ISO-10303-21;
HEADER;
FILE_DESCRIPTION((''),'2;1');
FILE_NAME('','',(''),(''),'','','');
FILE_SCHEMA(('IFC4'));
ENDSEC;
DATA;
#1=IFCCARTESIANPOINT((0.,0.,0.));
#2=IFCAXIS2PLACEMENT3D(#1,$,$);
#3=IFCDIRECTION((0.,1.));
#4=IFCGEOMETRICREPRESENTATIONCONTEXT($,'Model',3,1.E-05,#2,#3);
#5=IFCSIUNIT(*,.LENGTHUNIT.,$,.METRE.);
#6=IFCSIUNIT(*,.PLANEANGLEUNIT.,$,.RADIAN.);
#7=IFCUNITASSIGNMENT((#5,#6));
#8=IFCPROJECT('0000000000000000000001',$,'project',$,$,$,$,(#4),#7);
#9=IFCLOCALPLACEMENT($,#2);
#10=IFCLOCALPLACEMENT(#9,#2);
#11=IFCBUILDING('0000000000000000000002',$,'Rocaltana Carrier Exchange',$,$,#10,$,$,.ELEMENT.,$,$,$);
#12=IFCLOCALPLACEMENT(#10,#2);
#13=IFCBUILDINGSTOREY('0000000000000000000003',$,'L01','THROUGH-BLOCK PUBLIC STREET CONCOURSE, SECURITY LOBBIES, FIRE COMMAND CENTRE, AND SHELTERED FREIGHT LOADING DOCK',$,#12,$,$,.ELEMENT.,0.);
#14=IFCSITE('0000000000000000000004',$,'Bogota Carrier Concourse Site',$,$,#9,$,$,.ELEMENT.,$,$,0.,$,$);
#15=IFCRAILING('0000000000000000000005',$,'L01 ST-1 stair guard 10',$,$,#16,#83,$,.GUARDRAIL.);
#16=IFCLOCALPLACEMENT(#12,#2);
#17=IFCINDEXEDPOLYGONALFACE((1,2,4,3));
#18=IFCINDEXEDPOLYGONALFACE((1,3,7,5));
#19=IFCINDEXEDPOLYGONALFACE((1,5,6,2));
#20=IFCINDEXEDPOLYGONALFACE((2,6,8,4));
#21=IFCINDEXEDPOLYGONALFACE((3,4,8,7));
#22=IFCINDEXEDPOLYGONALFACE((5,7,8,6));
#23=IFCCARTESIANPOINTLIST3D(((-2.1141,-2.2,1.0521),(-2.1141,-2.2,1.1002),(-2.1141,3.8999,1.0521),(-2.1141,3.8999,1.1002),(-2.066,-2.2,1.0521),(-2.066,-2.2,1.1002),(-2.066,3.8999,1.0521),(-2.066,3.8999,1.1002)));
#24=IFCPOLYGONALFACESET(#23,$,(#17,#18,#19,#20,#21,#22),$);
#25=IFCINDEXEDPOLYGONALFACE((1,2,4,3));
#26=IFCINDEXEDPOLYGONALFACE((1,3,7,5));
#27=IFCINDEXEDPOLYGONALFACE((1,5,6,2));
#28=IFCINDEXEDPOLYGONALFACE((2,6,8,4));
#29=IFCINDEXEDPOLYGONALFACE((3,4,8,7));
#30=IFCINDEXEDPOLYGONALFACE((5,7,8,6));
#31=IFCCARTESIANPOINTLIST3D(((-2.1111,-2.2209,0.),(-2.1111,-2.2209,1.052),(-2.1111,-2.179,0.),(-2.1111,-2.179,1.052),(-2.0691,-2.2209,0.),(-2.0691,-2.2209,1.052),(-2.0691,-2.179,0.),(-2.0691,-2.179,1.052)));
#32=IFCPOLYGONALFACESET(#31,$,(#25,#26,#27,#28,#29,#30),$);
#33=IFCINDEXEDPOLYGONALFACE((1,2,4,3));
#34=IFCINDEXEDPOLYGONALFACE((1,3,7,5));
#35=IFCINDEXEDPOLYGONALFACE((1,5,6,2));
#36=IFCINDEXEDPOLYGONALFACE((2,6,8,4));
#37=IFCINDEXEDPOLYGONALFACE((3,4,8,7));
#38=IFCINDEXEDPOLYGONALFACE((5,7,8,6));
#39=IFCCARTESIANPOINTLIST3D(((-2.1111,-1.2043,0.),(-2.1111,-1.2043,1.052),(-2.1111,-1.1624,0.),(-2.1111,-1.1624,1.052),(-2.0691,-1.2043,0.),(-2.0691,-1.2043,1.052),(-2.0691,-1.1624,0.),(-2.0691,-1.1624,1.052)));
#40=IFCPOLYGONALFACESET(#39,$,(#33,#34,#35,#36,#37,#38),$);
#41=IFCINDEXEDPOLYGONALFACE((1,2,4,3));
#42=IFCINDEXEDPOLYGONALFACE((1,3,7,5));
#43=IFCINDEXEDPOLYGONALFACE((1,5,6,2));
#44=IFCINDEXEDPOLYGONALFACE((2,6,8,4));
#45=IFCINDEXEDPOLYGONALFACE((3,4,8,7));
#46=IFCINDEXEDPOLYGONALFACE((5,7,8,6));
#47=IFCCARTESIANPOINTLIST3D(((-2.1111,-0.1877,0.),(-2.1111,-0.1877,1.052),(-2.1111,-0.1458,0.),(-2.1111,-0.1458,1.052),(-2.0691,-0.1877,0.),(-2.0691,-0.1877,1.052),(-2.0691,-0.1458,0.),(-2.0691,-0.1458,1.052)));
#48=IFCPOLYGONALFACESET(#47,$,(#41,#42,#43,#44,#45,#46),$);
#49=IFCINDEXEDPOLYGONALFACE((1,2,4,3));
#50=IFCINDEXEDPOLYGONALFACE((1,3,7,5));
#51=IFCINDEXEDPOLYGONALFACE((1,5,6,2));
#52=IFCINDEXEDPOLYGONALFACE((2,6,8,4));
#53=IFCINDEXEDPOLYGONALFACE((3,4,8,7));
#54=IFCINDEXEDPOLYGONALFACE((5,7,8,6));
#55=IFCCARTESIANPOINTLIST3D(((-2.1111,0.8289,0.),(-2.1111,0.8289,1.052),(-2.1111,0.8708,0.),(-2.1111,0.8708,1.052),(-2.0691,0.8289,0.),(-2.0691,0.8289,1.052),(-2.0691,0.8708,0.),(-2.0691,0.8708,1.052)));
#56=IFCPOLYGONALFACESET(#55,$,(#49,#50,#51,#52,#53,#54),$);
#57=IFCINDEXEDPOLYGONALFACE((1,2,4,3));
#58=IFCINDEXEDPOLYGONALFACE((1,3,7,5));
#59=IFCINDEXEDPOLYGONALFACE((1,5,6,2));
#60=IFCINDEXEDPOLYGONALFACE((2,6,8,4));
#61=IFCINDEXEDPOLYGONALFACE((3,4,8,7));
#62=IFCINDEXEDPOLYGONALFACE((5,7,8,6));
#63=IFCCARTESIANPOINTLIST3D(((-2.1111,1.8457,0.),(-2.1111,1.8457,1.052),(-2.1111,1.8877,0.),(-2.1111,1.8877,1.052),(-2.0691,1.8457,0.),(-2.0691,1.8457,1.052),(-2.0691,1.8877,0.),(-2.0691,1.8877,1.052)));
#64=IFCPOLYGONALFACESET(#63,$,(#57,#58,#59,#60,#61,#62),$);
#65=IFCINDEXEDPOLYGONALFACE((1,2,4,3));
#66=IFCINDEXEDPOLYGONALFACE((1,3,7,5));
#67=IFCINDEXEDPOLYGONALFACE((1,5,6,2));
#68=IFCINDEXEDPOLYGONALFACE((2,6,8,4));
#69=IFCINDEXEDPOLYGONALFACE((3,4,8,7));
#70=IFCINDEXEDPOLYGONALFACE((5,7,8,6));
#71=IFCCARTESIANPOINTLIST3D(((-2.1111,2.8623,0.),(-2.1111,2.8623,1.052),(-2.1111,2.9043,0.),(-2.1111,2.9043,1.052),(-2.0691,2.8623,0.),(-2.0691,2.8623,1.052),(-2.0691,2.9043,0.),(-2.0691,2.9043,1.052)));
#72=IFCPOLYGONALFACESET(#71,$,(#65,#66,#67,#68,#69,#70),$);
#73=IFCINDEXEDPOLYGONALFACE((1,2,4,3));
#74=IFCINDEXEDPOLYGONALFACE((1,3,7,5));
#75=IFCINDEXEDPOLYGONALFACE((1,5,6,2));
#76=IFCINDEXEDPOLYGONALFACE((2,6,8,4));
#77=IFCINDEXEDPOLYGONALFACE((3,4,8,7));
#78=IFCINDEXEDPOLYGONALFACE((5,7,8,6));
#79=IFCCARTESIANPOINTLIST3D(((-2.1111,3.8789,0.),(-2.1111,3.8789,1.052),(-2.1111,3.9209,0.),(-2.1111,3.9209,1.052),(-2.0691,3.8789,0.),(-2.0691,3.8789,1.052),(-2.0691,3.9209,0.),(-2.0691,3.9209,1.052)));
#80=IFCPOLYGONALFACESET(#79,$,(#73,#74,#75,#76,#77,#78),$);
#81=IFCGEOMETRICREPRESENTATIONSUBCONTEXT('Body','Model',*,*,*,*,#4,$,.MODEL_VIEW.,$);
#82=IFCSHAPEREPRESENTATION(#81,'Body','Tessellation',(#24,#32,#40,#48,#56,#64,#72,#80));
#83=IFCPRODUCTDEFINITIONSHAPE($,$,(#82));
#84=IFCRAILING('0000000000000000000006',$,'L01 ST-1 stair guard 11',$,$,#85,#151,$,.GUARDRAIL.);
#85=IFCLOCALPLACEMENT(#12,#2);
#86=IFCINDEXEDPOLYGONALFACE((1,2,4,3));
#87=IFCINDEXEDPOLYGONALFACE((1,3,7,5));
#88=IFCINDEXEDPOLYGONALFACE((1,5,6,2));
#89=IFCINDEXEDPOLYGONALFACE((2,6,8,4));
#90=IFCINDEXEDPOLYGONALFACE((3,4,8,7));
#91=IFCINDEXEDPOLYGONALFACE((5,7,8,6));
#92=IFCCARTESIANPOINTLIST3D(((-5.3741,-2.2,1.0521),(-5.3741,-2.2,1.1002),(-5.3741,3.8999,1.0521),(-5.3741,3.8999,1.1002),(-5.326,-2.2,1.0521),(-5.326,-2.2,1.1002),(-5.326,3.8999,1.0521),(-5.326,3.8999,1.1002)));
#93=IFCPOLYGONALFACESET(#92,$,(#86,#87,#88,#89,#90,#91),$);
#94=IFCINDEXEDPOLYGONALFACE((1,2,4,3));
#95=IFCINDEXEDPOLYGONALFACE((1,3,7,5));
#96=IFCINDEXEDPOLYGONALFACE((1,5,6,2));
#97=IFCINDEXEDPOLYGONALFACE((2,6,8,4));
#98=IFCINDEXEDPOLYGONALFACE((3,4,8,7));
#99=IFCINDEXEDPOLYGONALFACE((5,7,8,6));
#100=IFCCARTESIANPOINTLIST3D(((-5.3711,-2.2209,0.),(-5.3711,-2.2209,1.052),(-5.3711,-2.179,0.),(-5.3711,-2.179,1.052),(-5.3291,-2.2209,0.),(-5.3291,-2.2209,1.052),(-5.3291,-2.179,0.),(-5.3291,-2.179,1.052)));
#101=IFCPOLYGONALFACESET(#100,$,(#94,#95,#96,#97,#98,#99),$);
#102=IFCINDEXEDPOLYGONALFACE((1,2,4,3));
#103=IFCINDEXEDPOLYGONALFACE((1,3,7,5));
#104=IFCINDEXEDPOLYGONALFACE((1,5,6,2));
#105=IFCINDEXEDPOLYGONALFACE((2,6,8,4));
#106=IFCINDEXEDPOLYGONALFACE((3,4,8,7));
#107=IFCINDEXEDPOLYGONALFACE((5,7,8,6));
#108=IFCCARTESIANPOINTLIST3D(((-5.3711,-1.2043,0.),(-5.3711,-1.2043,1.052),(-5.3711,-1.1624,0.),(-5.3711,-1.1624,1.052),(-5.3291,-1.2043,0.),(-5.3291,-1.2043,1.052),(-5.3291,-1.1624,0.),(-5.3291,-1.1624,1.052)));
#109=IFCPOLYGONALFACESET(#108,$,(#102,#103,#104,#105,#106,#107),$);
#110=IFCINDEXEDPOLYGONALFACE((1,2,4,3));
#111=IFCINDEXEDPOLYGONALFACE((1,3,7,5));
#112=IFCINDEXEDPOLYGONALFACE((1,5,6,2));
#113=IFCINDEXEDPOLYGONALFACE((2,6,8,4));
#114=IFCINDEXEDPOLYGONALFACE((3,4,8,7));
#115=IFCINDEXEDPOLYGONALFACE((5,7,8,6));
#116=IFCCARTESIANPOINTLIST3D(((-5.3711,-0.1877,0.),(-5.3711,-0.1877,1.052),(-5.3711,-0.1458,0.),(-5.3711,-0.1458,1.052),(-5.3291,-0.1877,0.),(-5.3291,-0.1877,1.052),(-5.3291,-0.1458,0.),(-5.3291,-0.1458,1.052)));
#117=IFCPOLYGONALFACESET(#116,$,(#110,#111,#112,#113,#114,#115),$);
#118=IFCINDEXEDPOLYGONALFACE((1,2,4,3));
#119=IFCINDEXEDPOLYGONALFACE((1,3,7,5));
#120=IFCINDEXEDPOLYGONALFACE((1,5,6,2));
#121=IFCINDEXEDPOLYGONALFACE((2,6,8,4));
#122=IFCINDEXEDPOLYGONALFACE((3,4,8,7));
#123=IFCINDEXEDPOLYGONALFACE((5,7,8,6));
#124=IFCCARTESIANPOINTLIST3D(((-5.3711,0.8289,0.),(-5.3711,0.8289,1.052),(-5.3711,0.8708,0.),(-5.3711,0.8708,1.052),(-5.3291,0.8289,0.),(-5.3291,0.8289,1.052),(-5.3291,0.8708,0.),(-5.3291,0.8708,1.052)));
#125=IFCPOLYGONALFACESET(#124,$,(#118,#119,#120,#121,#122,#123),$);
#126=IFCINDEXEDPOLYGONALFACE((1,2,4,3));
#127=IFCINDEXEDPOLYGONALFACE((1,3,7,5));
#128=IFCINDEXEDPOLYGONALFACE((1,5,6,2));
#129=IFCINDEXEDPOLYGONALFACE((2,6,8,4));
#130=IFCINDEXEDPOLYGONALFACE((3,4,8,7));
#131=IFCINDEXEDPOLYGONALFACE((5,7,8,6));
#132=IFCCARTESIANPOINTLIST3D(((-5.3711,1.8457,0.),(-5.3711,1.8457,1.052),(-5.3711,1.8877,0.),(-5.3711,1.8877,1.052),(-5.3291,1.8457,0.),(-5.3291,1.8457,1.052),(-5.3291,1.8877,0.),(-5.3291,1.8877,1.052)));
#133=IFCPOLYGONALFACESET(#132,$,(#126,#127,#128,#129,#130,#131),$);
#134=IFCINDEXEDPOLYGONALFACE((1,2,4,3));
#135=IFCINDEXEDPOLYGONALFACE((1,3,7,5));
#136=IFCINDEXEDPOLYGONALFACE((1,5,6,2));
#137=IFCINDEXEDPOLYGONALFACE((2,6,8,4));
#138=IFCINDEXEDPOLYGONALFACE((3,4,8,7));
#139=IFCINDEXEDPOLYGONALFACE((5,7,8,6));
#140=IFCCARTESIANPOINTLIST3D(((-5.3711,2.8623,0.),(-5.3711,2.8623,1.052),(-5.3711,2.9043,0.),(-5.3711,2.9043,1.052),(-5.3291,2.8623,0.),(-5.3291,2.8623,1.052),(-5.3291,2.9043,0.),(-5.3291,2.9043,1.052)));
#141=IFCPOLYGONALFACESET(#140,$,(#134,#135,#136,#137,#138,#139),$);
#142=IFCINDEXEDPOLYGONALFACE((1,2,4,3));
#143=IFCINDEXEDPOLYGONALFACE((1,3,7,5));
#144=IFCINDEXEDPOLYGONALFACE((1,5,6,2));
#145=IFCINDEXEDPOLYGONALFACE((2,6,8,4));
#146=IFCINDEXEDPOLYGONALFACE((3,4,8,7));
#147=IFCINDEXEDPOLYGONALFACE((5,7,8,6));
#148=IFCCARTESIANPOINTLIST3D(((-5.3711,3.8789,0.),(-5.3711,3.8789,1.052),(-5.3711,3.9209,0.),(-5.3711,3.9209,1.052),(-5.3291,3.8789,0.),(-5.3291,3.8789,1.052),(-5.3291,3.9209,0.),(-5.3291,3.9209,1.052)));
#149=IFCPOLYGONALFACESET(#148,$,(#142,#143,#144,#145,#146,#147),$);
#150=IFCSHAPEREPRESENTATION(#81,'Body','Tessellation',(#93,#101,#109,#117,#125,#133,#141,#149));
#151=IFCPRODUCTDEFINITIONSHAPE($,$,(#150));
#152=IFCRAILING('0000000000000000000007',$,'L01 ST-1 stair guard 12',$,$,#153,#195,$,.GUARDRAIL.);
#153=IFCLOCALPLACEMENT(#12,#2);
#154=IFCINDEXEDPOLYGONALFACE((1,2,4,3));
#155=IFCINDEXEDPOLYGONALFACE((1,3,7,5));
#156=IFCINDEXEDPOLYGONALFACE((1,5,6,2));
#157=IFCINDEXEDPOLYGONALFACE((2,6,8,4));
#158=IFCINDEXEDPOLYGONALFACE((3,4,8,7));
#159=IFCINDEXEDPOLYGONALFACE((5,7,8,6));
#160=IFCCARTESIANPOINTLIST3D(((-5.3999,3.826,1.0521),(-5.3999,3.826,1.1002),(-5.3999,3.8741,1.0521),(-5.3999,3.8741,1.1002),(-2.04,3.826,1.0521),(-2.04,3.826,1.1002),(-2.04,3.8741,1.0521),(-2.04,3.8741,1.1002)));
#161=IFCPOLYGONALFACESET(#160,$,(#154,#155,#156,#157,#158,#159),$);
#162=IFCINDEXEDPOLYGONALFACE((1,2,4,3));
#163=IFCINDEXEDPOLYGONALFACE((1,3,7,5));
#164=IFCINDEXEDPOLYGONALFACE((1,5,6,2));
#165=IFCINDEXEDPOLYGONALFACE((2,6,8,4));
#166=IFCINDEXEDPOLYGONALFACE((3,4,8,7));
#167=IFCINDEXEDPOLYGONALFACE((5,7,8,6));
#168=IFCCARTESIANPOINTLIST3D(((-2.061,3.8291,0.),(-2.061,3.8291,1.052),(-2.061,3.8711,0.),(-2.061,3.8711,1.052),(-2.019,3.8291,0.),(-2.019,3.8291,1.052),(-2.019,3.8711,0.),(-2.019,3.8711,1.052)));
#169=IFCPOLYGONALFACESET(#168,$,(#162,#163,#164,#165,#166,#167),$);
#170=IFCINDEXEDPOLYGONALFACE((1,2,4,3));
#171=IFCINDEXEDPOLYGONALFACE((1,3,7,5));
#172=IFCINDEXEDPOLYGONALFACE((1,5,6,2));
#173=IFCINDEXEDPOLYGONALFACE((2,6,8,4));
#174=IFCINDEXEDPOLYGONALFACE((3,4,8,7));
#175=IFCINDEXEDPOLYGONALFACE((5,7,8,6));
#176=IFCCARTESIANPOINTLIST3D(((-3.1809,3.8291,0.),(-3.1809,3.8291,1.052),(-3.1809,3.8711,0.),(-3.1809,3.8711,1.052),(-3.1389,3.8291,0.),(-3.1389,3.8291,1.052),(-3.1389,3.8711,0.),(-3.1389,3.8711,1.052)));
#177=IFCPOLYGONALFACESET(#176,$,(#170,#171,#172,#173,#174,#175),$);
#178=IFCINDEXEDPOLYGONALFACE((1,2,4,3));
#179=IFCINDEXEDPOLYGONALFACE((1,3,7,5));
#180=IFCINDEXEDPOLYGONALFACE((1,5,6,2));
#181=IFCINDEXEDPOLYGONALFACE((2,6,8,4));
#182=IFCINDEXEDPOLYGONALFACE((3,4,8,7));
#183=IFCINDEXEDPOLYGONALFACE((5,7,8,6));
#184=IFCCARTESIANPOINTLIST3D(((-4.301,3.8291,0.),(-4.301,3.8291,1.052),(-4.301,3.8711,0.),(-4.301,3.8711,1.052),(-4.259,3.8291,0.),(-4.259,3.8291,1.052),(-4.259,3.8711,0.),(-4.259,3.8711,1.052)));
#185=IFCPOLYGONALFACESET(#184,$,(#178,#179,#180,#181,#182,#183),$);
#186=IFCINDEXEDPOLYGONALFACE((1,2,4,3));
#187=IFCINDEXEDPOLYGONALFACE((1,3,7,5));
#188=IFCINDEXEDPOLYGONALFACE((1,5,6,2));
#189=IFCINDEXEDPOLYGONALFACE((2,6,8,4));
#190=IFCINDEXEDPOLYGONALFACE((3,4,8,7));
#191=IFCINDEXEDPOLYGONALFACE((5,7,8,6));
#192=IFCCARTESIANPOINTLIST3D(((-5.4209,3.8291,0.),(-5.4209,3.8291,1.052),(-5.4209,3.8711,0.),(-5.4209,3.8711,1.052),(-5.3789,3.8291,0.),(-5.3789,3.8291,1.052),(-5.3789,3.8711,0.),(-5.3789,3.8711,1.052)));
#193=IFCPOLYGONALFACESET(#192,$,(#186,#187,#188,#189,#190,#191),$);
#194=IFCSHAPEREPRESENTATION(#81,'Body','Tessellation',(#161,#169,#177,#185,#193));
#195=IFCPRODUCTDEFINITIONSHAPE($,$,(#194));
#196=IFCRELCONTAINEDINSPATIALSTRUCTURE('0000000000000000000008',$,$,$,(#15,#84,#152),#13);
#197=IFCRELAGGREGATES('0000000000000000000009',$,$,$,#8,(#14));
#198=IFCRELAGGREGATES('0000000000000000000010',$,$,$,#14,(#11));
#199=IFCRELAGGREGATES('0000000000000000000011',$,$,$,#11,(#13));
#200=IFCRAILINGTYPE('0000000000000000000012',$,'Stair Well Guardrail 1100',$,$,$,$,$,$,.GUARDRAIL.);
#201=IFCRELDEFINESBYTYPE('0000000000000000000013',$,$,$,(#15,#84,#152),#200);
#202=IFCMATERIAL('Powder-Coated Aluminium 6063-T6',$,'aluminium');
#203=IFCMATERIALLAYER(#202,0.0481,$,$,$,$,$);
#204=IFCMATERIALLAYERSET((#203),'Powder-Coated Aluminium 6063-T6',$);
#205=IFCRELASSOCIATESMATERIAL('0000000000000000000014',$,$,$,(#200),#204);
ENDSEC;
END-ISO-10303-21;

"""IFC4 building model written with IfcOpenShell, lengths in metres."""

from ifc_helpers import new_model, si_unit, direction, frame, origin, origin_2d, place, context, subcontext, project, spatial, rectangle, extrude, material, layer, layer_set, type_object, element, save


model = new_model("IFC4")

# Units and contexts
model_context = context("Model", 3, precision=1e-05, world=origin(), true_north=direction((0.0, 1.0)))
body_context = subcontext(model_context, "Body", "Model", "MODEL_VIEW")
ifc_project = project(units=[si_unit("LENGTHUNIT", "METRE"), si_unit("PLANEANGLEUNIT", "RADIAN")], contexts=[model_context])

# Site, building, storey
site_placement = place(None, origin())
site = spatial("IfcSite", under=ifc_project, at=site_placement, Name="Bogota Carrier Concourse Site", CompositionType="ELEMENT", RefElevation=0.0)
building_placement = place(site_placement, origin())
building = spatial("IfcBuilding", under=site, at=building_placement, Name="Rocaltana Carrier Exchange", CompositionType="ELEMENT")
storey_placement = place(building_placement, origin())
storey = spatial("IfcBuildingStorey", under=building, at=storey_placement, Name="L01", Description="THROUGH-BLOCK PUBLIC STREET CONCOURSE, SECURITY LOBBIES, FIRE COMMAND CENTRE, AND SHELTERED FREIGHT LOADING DOCK", CompositionType="ELEMENT", Elevation=0.0)

# Railings
ifc_material_1 = material(Name="Powder-Coated Aluminium 6063-T6", Category="aluminium")
ifc_layer_1 = layer(ifc_material_1, 0.0481)
ifc_layer_set_1 = layer_set([ifc_layer_1], Name="Powder-Coated Aluminium 6063-T6")
railing_type_1 = type_object("IfcRailingType", Name="Stair Well Guardrail 1100", PredefinedType="GUARDRAIL", material=ifc_layer_set_1)
for number, where, name in (
    (1, (-2.0901, -2.2, 0.0), "L01 ST-1 stair guard 10"),
    (2, (-5.3501, -2.2, 0.0), "L01 ST-1 stair guard 11"),
):
    element("IfcRailing", number, at=place(storey_placement, frame(where)), inside=storey, type_object=railing_type_1, Name=name, PredefinedType="GUARDRAIL", context=body_context, shape_type="SweptSolid", body=[
        extrude(rectangle(XDim=0.0481, YDim=0.0481, at=origin_2d()), frame((0.0, 0.0, 1.0762), z_axis=(0.0, 1.0, 0.0), x_axis=(-1.0, 0.0, 0.0)), (0.0, 0.0, 1.0), 6.0999),
        extrude(rectangle(XDim=0.042, YDim=0.042, at=origin_2d()), origin(), (0.0, 0.0, 1.0), 1.052),
        extrude(rectangle(XDim=0.042, YDim=0.042, at=origin_2d()), frame((0.0, 1.0166, 0.0)), (0.0, 0.0, 1.0), 1.052),
        extrude(rectangle(XDim=0.042, YDim=0.042, at=origin_2d()), frame((0.0, 2.0332, 0.0)), (0.0, 0.0, 1.0), 1.052),
        extrude(rectangle(XDim=0.042, YDim=0.042, at=origin_2d()), frame((0.0, 3.0498, 0.0)), (0.0, 0.0, 1.0), 1.052),
        extrude(rectangle(XDim=0.042, YDim=0.042, at=origin_2d()), frame((0.0, 4.0667, 0.0)), (0.0, 0.0, 1.0), 1.052),
        extrude(rectangle(XDim=0.042, YDim=0.042, at=origin_2d()), frame((0.0, 5.0833, 0.0)), (0.0, 0.0, 1.0), 1.052),
        extrude(rectangle(XDim=0.042, YDim=0.042, at=origin_2d()), frame((0.0, 6.0999, 0.0)), (0.0, 0.0, 1.0), 1.052),
    ])
railing_1_placement = place(storey_placement, frame((-2.04, 3.8501, 0.0)))
element("IfcRailing", 3, at=railing_1_placement, inside=storey, type_object=railing_type_1, Name="L01 ST-1 stair guard 12", PredefinedType="GUARDRAIL", context=body_context, shape_type="SweptSolid", body=[
    extrude(rectangle(XDim=0.0481, YDim=0.0481, at=origin_2d()), frame((0.0, 0.0, 1.0762), z_axis=(-1.0, 0.0, 0.0), x_axis=(0.0, -1.0, 0.0)), (0.0, 0.0, 1.0), 3.3599),
    extrude(rectangle(XDim=0.042, YDim=0.042, at=origin_2d()), origin(), (0.0, 0.0, 1.0), 1.052),
    extrude(rectangle(XDim=0.042, YDim=0.042, at=origin_2d()), frame((-1.1199, 0.0, 0.0)), (0.0, 0.0, 1.0), 1.052),
    extrude(rectangle(XDim=0.042, YDim=0.042, at=origin_2d()), frame((-2.24, 0.0, 0.0)), (0.0, 0.0, 1.0), 1.052),
    extrude(rectangle(XDim=0.042, YDim=0.042, at=origin_2d()), frame((-3.3599, 0.0, 0.0)), (0.0, 0.0, 1.0), 1.052),
])

save(model, "model.ifc")
